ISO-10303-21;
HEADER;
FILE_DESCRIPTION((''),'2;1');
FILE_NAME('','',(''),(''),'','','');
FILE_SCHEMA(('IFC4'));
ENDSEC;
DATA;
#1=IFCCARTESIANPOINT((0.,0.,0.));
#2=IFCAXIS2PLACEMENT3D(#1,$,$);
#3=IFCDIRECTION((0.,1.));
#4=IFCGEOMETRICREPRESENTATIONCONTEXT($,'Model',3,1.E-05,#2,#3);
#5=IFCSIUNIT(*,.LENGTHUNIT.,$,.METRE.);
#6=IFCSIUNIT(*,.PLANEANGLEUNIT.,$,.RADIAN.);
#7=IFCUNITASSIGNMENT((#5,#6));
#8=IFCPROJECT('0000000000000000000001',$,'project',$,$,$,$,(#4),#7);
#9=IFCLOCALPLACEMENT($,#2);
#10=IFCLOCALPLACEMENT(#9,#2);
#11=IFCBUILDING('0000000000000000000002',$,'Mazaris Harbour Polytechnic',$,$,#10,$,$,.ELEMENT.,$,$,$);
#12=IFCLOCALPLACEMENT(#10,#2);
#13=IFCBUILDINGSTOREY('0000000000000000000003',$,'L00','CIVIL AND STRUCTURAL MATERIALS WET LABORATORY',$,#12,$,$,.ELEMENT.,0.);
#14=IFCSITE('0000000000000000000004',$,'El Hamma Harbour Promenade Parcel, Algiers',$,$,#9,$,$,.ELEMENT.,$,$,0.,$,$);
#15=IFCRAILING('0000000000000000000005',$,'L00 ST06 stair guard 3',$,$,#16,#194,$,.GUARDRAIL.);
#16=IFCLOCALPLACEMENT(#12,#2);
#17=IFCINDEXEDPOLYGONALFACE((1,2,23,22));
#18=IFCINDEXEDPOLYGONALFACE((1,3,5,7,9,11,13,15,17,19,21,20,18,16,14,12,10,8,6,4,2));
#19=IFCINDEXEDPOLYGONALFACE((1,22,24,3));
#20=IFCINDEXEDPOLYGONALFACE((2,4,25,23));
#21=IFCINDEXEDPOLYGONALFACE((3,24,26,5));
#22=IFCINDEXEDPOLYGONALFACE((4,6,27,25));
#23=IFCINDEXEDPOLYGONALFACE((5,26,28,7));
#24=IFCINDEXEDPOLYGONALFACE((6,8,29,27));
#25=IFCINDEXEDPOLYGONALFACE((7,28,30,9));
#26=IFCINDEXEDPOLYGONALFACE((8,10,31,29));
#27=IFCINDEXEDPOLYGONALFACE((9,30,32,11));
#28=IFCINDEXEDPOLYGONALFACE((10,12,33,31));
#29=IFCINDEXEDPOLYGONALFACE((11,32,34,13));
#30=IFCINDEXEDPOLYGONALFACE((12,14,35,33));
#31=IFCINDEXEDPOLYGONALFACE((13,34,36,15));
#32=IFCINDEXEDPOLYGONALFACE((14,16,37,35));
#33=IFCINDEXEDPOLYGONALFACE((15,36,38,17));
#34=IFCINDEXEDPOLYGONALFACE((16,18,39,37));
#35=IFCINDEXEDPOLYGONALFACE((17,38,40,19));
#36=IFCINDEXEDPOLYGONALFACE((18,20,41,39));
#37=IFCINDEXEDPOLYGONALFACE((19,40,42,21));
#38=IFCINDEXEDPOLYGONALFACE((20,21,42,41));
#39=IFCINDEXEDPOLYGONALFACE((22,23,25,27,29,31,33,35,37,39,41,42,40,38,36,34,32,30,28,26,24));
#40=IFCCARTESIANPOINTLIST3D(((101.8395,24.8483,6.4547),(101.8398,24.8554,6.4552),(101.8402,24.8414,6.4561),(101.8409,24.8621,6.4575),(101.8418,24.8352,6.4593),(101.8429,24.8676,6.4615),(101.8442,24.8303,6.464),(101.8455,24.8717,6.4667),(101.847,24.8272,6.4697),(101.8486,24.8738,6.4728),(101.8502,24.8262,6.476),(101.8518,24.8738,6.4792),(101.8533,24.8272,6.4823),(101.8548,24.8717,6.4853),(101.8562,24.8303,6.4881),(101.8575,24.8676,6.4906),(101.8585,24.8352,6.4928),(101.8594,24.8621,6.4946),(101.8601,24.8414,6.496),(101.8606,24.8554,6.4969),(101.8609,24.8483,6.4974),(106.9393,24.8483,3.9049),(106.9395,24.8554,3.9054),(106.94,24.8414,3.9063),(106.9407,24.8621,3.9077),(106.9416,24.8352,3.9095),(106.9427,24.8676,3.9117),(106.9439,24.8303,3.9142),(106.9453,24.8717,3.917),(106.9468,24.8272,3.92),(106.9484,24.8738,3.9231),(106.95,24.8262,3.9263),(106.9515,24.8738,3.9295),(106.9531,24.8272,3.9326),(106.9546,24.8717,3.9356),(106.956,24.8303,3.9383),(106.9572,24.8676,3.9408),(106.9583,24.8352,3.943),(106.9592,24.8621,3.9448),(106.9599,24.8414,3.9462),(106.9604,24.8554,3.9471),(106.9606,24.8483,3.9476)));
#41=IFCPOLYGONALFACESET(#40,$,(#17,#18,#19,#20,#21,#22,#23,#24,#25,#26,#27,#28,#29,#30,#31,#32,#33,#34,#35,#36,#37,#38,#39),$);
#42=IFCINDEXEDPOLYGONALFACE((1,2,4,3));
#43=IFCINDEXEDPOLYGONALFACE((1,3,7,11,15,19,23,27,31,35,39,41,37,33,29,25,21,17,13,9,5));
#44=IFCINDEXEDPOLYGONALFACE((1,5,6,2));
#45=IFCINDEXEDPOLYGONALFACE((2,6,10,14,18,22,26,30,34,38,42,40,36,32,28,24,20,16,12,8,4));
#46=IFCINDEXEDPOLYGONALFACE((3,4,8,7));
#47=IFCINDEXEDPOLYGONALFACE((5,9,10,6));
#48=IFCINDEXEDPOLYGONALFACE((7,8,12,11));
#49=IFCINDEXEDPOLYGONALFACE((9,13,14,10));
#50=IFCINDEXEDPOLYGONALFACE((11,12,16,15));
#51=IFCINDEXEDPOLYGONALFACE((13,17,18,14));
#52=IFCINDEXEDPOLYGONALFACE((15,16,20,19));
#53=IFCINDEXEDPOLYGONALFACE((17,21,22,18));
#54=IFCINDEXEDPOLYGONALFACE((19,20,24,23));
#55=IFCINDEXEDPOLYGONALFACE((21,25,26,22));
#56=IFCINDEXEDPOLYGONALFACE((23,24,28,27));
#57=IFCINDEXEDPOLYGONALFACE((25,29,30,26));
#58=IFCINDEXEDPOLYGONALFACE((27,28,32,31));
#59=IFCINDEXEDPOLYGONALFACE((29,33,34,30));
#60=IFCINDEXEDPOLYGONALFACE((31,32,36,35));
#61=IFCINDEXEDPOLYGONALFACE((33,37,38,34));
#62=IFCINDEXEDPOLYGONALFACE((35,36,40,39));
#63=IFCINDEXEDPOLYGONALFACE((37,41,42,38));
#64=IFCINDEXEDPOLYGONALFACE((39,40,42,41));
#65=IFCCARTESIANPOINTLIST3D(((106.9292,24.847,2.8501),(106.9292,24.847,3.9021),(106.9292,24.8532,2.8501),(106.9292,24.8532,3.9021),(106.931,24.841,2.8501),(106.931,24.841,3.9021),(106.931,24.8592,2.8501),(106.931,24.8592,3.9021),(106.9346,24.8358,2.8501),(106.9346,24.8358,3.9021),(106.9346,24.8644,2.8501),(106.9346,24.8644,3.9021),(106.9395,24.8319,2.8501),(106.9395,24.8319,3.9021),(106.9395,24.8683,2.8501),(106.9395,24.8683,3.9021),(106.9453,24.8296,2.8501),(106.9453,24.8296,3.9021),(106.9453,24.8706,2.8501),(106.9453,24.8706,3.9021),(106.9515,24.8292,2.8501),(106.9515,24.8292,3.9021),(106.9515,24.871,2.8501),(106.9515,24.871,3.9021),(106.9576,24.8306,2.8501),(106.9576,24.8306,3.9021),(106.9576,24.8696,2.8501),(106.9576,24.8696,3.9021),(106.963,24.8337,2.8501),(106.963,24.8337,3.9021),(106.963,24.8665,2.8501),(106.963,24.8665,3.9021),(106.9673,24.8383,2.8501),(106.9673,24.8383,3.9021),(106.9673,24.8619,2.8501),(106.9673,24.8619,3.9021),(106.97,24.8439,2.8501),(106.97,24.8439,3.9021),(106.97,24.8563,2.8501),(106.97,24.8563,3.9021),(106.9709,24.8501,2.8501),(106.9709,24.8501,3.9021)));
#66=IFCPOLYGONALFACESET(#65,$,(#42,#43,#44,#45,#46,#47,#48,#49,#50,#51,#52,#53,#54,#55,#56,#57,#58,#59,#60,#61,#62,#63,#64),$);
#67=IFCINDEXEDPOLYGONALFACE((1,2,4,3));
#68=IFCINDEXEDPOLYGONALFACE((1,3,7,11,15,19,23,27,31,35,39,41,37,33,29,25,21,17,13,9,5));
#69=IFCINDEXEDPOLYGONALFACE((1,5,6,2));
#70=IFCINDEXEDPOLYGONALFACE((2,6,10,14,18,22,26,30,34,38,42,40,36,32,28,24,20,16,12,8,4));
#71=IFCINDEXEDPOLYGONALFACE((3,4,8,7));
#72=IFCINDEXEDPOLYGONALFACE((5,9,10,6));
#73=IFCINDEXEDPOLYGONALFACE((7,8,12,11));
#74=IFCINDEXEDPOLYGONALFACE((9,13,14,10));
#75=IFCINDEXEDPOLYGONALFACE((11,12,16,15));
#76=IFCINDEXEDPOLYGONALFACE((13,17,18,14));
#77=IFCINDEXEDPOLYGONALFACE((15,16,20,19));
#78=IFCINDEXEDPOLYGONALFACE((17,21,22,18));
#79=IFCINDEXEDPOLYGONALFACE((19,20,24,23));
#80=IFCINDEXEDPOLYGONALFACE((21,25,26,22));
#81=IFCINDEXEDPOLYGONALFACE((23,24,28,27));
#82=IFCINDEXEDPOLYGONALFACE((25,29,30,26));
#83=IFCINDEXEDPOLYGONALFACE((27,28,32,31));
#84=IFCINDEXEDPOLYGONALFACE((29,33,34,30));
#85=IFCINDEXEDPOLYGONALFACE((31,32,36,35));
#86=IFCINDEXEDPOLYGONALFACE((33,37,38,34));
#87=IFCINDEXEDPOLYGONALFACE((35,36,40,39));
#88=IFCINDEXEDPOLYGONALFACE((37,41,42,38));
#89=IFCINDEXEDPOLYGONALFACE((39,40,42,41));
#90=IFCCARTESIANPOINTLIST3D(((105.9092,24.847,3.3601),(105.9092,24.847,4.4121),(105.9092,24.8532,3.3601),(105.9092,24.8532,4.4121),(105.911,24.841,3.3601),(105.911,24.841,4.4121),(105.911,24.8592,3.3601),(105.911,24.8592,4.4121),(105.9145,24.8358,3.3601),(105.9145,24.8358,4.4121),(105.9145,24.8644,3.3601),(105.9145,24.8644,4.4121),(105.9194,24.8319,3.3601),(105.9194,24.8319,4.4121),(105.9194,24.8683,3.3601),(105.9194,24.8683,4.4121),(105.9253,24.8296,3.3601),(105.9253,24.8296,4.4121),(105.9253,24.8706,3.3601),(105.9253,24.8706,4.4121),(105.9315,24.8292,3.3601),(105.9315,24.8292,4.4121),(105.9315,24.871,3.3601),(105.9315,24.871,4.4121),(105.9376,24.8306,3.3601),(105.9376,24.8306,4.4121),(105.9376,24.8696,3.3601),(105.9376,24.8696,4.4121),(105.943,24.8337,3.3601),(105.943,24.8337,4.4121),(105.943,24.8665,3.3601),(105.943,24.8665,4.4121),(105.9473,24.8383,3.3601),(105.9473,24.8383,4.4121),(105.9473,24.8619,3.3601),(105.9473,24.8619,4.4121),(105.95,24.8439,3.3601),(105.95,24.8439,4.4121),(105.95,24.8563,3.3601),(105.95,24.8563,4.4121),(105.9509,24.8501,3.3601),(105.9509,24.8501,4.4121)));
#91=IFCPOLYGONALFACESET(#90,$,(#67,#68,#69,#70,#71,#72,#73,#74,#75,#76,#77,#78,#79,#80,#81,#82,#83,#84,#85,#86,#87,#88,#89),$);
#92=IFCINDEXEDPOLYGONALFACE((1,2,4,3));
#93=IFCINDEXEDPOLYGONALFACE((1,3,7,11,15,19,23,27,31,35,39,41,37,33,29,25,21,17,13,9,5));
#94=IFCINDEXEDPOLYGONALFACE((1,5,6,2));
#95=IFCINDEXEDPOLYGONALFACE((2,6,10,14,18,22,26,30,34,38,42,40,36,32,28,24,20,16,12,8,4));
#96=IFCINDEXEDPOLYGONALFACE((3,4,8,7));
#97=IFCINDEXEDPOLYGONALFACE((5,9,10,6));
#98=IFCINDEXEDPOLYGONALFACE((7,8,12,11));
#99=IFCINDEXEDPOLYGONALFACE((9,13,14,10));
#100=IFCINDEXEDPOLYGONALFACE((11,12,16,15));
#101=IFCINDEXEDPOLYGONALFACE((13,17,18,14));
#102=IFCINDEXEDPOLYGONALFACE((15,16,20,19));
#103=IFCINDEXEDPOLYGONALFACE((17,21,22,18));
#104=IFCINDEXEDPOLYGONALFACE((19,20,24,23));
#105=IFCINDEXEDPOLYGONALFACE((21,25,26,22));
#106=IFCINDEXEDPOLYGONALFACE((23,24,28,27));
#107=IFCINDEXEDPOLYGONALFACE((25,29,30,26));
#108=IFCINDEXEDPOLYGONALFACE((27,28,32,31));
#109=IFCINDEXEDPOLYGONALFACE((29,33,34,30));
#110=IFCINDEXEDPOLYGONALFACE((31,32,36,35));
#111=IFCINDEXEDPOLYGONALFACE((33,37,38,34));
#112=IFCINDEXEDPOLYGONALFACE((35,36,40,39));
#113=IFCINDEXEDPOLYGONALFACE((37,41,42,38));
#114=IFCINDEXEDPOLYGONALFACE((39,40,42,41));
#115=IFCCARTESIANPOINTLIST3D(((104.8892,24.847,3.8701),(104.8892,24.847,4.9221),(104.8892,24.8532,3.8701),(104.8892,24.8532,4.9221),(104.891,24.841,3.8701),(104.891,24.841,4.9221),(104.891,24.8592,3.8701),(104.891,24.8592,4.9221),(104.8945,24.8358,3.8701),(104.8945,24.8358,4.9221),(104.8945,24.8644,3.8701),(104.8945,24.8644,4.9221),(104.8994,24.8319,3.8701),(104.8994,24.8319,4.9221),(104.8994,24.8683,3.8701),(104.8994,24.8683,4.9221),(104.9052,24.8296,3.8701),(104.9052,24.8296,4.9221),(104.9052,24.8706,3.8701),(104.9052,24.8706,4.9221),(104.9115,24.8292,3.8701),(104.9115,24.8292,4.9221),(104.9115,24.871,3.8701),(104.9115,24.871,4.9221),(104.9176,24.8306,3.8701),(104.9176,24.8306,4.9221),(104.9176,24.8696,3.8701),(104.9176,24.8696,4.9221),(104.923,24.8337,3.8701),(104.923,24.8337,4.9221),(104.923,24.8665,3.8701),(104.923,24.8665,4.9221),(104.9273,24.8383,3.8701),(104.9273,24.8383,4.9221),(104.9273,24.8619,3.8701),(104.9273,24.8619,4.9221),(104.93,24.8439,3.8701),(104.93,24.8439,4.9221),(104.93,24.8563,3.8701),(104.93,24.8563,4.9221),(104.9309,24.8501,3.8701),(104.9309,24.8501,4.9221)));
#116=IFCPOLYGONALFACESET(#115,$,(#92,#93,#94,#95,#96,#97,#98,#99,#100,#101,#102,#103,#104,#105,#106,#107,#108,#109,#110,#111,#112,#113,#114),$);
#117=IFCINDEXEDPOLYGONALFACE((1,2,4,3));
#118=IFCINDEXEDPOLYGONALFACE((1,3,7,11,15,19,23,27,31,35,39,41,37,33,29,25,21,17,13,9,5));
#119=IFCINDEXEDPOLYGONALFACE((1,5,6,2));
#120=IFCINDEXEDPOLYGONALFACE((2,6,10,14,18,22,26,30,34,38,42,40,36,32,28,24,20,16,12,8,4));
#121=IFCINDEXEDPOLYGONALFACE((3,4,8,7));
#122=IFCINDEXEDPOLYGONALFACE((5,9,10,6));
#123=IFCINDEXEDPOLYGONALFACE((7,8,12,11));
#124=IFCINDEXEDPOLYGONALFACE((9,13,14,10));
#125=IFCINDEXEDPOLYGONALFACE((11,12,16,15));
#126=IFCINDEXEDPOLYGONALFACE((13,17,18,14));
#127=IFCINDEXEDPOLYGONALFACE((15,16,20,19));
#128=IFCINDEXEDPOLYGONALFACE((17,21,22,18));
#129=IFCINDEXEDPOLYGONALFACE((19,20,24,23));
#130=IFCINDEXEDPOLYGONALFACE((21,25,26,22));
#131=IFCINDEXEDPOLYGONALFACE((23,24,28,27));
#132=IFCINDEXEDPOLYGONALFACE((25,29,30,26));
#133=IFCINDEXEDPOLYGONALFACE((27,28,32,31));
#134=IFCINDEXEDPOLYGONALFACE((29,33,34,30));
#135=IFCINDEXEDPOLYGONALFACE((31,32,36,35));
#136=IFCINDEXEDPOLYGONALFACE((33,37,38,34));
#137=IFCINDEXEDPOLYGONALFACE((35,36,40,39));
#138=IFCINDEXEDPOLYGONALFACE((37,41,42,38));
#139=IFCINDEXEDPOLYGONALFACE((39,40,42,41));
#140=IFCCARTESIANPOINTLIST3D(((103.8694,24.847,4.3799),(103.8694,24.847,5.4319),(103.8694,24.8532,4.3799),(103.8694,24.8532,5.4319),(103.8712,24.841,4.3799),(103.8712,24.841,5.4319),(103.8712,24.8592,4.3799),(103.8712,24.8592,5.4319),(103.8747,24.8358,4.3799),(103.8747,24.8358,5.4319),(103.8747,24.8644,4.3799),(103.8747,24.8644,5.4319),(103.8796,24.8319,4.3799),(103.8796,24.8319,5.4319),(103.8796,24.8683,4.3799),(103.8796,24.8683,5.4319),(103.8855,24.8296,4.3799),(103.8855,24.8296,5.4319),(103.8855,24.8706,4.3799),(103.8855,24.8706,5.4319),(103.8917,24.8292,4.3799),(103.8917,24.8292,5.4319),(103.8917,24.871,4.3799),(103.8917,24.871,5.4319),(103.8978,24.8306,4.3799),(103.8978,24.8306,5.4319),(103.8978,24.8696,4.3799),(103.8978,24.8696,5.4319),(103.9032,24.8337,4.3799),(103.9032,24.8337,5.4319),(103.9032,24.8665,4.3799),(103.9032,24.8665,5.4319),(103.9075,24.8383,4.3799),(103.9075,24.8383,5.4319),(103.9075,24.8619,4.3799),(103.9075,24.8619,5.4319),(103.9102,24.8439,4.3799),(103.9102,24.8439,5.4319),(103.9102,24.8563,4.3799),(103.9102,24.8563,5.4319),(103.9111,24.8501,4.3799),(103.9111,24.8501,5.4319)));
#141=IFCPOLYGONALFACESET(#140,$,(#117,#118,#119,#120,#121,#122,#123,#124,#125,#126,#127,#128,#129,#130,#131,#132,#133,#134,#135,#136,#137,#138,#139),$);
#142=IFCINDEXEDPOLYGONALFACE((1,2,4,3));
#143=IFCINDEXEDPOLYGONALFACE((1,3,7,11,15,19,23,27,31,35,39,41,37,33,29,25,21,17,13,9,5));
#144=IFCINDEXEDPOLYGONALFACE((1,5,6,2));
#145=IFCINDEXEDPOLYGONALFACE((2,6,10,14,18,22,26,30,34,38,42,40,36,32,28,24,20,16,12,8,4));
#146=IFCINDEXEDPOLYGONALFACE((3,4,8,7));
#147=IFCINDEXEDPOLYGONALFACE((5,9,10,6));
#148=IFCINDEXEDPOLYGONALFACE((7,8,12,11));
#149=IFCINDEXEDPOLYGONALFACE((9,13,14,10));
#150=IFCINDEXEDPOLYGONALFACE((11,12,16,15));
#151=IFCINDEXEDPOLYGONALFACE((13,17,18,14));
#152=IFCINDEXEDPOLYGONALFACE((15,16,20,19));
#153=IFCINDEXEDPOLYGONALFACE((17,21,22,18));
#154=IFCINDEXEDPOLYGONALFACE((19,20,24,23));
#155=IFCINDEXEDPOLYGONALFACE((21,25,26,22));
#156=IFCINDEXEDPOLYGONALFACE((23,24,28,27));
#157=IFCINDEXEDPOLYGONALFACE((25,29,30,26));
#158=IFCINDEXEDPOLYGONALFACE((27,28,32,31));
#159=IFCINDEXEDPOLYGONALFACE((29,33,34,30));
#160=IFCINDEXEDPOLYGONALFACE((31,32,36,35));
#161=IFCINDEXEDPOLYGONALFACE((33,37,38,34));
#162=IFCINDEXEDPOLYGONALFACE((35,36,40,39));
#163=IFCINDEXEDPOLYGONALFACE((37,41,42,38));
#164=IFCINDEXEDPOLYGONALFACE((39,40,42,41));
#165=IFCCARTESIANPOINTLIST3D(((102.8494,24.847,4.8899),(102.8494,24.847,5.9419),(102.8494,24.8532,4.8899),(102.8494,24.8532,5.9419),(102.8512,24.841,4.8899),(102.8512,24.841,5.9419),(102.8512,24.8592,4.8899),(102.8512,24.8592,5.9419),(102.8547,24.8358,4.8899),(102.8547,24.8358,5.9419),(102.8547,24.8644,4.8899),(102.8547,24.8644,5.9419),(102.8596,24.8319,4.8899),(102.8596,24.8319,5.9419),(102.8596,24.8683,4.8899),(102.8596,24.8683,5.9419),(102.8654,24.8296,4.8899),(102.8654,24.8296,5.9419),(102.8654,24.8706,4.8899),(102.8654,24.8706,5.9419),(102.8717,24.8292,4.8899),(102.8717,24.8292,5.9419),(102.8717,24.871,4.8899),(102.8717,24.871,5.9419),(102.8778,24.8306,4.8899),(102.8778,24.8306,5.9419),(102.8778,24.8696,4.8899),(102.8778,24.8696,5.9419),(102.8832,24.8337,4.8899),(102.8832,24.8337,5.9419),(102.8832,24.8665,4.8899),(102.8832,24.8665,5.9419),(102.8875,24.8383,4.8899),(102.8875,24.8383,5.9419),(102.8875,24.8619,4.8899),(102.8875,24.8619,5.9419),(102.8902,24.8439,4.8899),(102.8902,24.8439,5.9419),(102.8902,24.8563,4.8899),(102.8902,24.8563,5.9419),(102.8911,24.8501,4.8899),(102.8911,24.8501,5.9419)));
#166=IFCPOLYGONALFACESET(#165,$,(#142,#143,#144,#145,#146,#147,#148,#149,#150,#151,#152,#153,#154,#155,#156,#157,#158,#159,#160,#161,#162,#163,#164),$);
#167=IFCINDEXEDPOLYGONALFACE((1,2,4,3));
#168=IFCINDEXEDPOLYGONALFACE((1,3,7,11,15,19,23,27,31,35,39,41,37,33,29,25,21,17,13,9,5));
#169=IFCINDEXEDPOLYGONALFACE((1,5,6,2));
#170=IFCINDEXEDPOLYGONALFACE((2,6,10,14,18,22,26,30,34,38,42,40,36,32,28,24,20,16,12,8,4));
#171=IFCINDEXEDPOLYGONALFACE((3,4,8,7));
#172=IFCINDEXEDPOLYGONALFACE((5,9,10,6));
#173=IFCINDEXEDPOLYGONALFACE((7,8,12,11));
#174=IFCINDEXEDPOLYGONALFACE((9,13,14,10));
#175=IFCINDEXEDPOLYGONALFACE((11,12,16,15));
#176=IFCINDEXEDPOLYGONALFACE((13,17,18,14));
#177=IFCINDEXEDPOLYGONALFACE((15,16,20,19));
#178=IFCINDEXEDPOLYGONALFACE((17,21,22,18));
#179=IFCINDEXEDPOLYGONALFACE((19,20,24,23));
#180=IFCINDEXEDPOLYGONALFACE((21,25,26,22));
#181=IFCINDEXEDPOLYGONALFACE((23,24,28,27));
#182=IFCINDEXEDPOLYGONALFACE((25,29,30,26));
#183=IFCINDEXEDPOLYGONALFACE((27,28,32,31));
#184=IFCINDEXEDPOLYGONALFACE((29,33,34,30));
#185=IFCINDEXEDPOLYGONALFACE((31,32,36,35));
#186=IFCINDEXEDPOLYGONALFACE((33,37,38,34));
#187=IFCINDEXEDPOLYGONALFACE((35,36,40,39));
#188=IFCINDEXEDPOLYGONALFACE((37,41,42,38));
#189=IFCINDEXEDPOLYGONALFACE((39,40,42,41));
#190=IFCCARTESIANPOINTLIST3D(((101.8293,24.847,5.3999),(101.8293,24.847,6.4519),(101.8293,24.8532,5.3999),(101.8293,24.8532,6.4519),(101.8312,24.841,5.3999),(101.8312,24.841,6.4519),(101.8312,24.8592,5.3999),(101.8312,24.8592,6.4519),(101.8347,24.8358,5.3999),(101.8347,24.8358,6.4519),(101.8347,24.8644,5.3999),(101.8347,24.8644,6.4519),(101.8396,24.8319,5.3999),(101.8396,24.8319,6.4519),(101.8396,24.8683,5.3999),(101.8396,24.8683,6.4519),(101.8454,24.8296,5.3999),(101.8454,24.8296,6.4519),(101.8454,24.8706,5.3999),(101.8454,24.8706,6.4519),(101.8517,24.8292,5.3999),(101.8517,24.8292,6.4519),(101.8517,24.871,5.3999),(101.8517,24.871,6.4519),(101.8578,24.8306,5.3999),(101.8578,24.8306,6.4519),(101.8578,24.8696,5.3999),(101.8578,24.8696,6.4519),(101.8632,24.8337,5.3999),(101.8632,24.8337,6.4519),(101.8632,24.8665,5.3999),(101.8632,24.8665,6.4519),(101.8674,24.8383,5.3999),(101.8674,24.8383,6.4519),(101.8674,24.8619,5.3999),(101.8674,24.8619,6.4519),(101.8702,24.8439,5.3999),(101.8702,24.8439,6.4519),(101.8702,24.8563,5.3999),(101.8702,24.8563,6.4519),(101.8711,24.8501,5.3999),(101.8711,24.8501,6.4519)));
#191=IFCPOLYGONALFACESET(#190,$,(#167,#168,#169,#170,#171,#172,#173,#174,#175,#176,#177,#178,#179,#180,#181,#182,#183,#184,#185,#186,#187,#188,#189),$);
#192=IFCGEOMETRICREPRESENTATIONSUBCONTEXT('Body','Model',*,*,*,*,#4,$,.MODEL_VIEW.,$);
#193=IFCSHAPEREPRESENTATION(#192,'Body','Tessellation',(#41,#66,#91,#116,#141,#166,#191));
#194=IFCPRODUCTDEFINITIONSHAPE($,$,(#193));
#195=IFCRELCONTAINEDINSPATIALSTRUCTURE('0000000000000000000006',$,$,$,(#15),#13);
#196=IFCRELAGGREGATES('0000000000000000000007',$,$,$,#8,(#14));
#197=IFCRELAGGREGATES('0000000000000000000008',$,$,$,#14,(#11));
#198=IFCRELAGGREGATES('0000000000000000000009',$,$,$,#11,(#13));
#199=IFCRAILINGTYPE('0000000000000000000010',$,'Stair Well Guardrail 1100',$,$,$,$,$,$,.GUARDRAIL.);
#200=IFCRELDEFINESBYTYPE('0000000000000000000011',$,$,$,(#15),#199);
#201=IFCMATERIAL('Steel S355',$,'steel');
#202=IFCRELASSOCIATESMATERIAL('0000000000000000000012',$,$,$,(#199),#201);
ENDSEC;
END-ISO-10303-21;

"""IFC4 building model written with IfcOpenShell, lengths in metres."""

from ifc_helpers import new_model, si_unit, direction, frame, origin, origin_2d, place, context, subcontext, project, spatial, circle, extrude, material, type_object, element, save


model = new_model("IFC4")

# Units and contexts
model_context = context("Model", 3, precision=1e-05, world=origin(), true_north=direction((0.0, 1.0)))
body_context = subcontext(model_context, "Body", "Model", "MODEL_VIEW")
ifc_project = project(units=[si_unit("LENGTHUNIT", "METRE"), si_unit("PLANEANGLEUNIT", "RADIAN")], contexts=[model_context])

# Site, building, storey
site_placement = place(None, origin())
site = spatial("IfcSite", under=ifc_project, at=site_placement, Name="El Hamma Harbour Promenade Parcel, Algiers", CompositionType="ELEMENT", RefElevation=0.0)
building_placement = place(site_placement, origin())
building = spatial("IfcBuilding", under=site, at=building_placement, Name="Mazaris Harbour Polytechnic", CompositionType="ELEMENT")
storey_placement = place(building_placement, origin())
storey = spatial("IfcBuildingStorey", under=building, at=storey_placement, Name="L00", Description="CIVIL AND STRUCTURAL MATERIALS WET LABORATORY", CompositionType="ELEMENT", Elevation=0.0)

# Railing
ifc_material_1 = material(Name="Steel S355", Category="steel")
railing_type_1 = type_object("IfcRailingType", Name="Stair Well Guardrail 1100", PredefinedType="GUARDRAIL", material=ifc_material_1)
railing_1_placement = place(storey_placement, frame((106.95, 24.8501, 2.8501)))
element("IfcRailing", 1, at=railing_1_placement, inside=storey, type_object=railing_type_1, Name="L00 ST06 stair guard 3", PredefinedType="GUARDRAIL", context=body_context, shape_type="SweptSolid", body=[
    extrude(circle(Radius=0.0239, at=origin_2d()), frame((0.0, 0.0, 1.0762), z_axis=(-0.894436, 0.0, 0.447196), x_axis=(0.0, -1.0, 0.0)), (0.0, 0.0, 1.0), 5.7017),
    extrude(circle(Radius=0.021, at=origin_2d()), origin(), (0.0, 0.0, 1.0), 1.052),
    extrude(circle(Radius=0.021, at=origin_2d()), frame((-1.02, 0.0, 0.51)), (0.0, 0.0, 1.0), 1.052),
    extrude(circle(Radius=0.021, at=origin_2d()), frame((-2.04, 0.0, 1.02)), (0.0, 0.0, 1.0), 1.052),
    extrude(circle(Radius=0.021, at=origin_2d()), frame((-3.0598, 0.0, 1.5298)), (0.0, 0.0, 1.0), 1.052),
    extrude(circle(Radius=0.021, at=origin_2d()), frame((-4.0798, 0.0, 2.0398)), (0.0, 0.0, 1.0), 1.052),
    extrude(circle(Radius=0.021, at=origin_2d()), frame((-5.0999, 0.0, 2.5498)), (0.0, 0.0, 1.0), 1.052),
])

save(model, "model.ifc")
